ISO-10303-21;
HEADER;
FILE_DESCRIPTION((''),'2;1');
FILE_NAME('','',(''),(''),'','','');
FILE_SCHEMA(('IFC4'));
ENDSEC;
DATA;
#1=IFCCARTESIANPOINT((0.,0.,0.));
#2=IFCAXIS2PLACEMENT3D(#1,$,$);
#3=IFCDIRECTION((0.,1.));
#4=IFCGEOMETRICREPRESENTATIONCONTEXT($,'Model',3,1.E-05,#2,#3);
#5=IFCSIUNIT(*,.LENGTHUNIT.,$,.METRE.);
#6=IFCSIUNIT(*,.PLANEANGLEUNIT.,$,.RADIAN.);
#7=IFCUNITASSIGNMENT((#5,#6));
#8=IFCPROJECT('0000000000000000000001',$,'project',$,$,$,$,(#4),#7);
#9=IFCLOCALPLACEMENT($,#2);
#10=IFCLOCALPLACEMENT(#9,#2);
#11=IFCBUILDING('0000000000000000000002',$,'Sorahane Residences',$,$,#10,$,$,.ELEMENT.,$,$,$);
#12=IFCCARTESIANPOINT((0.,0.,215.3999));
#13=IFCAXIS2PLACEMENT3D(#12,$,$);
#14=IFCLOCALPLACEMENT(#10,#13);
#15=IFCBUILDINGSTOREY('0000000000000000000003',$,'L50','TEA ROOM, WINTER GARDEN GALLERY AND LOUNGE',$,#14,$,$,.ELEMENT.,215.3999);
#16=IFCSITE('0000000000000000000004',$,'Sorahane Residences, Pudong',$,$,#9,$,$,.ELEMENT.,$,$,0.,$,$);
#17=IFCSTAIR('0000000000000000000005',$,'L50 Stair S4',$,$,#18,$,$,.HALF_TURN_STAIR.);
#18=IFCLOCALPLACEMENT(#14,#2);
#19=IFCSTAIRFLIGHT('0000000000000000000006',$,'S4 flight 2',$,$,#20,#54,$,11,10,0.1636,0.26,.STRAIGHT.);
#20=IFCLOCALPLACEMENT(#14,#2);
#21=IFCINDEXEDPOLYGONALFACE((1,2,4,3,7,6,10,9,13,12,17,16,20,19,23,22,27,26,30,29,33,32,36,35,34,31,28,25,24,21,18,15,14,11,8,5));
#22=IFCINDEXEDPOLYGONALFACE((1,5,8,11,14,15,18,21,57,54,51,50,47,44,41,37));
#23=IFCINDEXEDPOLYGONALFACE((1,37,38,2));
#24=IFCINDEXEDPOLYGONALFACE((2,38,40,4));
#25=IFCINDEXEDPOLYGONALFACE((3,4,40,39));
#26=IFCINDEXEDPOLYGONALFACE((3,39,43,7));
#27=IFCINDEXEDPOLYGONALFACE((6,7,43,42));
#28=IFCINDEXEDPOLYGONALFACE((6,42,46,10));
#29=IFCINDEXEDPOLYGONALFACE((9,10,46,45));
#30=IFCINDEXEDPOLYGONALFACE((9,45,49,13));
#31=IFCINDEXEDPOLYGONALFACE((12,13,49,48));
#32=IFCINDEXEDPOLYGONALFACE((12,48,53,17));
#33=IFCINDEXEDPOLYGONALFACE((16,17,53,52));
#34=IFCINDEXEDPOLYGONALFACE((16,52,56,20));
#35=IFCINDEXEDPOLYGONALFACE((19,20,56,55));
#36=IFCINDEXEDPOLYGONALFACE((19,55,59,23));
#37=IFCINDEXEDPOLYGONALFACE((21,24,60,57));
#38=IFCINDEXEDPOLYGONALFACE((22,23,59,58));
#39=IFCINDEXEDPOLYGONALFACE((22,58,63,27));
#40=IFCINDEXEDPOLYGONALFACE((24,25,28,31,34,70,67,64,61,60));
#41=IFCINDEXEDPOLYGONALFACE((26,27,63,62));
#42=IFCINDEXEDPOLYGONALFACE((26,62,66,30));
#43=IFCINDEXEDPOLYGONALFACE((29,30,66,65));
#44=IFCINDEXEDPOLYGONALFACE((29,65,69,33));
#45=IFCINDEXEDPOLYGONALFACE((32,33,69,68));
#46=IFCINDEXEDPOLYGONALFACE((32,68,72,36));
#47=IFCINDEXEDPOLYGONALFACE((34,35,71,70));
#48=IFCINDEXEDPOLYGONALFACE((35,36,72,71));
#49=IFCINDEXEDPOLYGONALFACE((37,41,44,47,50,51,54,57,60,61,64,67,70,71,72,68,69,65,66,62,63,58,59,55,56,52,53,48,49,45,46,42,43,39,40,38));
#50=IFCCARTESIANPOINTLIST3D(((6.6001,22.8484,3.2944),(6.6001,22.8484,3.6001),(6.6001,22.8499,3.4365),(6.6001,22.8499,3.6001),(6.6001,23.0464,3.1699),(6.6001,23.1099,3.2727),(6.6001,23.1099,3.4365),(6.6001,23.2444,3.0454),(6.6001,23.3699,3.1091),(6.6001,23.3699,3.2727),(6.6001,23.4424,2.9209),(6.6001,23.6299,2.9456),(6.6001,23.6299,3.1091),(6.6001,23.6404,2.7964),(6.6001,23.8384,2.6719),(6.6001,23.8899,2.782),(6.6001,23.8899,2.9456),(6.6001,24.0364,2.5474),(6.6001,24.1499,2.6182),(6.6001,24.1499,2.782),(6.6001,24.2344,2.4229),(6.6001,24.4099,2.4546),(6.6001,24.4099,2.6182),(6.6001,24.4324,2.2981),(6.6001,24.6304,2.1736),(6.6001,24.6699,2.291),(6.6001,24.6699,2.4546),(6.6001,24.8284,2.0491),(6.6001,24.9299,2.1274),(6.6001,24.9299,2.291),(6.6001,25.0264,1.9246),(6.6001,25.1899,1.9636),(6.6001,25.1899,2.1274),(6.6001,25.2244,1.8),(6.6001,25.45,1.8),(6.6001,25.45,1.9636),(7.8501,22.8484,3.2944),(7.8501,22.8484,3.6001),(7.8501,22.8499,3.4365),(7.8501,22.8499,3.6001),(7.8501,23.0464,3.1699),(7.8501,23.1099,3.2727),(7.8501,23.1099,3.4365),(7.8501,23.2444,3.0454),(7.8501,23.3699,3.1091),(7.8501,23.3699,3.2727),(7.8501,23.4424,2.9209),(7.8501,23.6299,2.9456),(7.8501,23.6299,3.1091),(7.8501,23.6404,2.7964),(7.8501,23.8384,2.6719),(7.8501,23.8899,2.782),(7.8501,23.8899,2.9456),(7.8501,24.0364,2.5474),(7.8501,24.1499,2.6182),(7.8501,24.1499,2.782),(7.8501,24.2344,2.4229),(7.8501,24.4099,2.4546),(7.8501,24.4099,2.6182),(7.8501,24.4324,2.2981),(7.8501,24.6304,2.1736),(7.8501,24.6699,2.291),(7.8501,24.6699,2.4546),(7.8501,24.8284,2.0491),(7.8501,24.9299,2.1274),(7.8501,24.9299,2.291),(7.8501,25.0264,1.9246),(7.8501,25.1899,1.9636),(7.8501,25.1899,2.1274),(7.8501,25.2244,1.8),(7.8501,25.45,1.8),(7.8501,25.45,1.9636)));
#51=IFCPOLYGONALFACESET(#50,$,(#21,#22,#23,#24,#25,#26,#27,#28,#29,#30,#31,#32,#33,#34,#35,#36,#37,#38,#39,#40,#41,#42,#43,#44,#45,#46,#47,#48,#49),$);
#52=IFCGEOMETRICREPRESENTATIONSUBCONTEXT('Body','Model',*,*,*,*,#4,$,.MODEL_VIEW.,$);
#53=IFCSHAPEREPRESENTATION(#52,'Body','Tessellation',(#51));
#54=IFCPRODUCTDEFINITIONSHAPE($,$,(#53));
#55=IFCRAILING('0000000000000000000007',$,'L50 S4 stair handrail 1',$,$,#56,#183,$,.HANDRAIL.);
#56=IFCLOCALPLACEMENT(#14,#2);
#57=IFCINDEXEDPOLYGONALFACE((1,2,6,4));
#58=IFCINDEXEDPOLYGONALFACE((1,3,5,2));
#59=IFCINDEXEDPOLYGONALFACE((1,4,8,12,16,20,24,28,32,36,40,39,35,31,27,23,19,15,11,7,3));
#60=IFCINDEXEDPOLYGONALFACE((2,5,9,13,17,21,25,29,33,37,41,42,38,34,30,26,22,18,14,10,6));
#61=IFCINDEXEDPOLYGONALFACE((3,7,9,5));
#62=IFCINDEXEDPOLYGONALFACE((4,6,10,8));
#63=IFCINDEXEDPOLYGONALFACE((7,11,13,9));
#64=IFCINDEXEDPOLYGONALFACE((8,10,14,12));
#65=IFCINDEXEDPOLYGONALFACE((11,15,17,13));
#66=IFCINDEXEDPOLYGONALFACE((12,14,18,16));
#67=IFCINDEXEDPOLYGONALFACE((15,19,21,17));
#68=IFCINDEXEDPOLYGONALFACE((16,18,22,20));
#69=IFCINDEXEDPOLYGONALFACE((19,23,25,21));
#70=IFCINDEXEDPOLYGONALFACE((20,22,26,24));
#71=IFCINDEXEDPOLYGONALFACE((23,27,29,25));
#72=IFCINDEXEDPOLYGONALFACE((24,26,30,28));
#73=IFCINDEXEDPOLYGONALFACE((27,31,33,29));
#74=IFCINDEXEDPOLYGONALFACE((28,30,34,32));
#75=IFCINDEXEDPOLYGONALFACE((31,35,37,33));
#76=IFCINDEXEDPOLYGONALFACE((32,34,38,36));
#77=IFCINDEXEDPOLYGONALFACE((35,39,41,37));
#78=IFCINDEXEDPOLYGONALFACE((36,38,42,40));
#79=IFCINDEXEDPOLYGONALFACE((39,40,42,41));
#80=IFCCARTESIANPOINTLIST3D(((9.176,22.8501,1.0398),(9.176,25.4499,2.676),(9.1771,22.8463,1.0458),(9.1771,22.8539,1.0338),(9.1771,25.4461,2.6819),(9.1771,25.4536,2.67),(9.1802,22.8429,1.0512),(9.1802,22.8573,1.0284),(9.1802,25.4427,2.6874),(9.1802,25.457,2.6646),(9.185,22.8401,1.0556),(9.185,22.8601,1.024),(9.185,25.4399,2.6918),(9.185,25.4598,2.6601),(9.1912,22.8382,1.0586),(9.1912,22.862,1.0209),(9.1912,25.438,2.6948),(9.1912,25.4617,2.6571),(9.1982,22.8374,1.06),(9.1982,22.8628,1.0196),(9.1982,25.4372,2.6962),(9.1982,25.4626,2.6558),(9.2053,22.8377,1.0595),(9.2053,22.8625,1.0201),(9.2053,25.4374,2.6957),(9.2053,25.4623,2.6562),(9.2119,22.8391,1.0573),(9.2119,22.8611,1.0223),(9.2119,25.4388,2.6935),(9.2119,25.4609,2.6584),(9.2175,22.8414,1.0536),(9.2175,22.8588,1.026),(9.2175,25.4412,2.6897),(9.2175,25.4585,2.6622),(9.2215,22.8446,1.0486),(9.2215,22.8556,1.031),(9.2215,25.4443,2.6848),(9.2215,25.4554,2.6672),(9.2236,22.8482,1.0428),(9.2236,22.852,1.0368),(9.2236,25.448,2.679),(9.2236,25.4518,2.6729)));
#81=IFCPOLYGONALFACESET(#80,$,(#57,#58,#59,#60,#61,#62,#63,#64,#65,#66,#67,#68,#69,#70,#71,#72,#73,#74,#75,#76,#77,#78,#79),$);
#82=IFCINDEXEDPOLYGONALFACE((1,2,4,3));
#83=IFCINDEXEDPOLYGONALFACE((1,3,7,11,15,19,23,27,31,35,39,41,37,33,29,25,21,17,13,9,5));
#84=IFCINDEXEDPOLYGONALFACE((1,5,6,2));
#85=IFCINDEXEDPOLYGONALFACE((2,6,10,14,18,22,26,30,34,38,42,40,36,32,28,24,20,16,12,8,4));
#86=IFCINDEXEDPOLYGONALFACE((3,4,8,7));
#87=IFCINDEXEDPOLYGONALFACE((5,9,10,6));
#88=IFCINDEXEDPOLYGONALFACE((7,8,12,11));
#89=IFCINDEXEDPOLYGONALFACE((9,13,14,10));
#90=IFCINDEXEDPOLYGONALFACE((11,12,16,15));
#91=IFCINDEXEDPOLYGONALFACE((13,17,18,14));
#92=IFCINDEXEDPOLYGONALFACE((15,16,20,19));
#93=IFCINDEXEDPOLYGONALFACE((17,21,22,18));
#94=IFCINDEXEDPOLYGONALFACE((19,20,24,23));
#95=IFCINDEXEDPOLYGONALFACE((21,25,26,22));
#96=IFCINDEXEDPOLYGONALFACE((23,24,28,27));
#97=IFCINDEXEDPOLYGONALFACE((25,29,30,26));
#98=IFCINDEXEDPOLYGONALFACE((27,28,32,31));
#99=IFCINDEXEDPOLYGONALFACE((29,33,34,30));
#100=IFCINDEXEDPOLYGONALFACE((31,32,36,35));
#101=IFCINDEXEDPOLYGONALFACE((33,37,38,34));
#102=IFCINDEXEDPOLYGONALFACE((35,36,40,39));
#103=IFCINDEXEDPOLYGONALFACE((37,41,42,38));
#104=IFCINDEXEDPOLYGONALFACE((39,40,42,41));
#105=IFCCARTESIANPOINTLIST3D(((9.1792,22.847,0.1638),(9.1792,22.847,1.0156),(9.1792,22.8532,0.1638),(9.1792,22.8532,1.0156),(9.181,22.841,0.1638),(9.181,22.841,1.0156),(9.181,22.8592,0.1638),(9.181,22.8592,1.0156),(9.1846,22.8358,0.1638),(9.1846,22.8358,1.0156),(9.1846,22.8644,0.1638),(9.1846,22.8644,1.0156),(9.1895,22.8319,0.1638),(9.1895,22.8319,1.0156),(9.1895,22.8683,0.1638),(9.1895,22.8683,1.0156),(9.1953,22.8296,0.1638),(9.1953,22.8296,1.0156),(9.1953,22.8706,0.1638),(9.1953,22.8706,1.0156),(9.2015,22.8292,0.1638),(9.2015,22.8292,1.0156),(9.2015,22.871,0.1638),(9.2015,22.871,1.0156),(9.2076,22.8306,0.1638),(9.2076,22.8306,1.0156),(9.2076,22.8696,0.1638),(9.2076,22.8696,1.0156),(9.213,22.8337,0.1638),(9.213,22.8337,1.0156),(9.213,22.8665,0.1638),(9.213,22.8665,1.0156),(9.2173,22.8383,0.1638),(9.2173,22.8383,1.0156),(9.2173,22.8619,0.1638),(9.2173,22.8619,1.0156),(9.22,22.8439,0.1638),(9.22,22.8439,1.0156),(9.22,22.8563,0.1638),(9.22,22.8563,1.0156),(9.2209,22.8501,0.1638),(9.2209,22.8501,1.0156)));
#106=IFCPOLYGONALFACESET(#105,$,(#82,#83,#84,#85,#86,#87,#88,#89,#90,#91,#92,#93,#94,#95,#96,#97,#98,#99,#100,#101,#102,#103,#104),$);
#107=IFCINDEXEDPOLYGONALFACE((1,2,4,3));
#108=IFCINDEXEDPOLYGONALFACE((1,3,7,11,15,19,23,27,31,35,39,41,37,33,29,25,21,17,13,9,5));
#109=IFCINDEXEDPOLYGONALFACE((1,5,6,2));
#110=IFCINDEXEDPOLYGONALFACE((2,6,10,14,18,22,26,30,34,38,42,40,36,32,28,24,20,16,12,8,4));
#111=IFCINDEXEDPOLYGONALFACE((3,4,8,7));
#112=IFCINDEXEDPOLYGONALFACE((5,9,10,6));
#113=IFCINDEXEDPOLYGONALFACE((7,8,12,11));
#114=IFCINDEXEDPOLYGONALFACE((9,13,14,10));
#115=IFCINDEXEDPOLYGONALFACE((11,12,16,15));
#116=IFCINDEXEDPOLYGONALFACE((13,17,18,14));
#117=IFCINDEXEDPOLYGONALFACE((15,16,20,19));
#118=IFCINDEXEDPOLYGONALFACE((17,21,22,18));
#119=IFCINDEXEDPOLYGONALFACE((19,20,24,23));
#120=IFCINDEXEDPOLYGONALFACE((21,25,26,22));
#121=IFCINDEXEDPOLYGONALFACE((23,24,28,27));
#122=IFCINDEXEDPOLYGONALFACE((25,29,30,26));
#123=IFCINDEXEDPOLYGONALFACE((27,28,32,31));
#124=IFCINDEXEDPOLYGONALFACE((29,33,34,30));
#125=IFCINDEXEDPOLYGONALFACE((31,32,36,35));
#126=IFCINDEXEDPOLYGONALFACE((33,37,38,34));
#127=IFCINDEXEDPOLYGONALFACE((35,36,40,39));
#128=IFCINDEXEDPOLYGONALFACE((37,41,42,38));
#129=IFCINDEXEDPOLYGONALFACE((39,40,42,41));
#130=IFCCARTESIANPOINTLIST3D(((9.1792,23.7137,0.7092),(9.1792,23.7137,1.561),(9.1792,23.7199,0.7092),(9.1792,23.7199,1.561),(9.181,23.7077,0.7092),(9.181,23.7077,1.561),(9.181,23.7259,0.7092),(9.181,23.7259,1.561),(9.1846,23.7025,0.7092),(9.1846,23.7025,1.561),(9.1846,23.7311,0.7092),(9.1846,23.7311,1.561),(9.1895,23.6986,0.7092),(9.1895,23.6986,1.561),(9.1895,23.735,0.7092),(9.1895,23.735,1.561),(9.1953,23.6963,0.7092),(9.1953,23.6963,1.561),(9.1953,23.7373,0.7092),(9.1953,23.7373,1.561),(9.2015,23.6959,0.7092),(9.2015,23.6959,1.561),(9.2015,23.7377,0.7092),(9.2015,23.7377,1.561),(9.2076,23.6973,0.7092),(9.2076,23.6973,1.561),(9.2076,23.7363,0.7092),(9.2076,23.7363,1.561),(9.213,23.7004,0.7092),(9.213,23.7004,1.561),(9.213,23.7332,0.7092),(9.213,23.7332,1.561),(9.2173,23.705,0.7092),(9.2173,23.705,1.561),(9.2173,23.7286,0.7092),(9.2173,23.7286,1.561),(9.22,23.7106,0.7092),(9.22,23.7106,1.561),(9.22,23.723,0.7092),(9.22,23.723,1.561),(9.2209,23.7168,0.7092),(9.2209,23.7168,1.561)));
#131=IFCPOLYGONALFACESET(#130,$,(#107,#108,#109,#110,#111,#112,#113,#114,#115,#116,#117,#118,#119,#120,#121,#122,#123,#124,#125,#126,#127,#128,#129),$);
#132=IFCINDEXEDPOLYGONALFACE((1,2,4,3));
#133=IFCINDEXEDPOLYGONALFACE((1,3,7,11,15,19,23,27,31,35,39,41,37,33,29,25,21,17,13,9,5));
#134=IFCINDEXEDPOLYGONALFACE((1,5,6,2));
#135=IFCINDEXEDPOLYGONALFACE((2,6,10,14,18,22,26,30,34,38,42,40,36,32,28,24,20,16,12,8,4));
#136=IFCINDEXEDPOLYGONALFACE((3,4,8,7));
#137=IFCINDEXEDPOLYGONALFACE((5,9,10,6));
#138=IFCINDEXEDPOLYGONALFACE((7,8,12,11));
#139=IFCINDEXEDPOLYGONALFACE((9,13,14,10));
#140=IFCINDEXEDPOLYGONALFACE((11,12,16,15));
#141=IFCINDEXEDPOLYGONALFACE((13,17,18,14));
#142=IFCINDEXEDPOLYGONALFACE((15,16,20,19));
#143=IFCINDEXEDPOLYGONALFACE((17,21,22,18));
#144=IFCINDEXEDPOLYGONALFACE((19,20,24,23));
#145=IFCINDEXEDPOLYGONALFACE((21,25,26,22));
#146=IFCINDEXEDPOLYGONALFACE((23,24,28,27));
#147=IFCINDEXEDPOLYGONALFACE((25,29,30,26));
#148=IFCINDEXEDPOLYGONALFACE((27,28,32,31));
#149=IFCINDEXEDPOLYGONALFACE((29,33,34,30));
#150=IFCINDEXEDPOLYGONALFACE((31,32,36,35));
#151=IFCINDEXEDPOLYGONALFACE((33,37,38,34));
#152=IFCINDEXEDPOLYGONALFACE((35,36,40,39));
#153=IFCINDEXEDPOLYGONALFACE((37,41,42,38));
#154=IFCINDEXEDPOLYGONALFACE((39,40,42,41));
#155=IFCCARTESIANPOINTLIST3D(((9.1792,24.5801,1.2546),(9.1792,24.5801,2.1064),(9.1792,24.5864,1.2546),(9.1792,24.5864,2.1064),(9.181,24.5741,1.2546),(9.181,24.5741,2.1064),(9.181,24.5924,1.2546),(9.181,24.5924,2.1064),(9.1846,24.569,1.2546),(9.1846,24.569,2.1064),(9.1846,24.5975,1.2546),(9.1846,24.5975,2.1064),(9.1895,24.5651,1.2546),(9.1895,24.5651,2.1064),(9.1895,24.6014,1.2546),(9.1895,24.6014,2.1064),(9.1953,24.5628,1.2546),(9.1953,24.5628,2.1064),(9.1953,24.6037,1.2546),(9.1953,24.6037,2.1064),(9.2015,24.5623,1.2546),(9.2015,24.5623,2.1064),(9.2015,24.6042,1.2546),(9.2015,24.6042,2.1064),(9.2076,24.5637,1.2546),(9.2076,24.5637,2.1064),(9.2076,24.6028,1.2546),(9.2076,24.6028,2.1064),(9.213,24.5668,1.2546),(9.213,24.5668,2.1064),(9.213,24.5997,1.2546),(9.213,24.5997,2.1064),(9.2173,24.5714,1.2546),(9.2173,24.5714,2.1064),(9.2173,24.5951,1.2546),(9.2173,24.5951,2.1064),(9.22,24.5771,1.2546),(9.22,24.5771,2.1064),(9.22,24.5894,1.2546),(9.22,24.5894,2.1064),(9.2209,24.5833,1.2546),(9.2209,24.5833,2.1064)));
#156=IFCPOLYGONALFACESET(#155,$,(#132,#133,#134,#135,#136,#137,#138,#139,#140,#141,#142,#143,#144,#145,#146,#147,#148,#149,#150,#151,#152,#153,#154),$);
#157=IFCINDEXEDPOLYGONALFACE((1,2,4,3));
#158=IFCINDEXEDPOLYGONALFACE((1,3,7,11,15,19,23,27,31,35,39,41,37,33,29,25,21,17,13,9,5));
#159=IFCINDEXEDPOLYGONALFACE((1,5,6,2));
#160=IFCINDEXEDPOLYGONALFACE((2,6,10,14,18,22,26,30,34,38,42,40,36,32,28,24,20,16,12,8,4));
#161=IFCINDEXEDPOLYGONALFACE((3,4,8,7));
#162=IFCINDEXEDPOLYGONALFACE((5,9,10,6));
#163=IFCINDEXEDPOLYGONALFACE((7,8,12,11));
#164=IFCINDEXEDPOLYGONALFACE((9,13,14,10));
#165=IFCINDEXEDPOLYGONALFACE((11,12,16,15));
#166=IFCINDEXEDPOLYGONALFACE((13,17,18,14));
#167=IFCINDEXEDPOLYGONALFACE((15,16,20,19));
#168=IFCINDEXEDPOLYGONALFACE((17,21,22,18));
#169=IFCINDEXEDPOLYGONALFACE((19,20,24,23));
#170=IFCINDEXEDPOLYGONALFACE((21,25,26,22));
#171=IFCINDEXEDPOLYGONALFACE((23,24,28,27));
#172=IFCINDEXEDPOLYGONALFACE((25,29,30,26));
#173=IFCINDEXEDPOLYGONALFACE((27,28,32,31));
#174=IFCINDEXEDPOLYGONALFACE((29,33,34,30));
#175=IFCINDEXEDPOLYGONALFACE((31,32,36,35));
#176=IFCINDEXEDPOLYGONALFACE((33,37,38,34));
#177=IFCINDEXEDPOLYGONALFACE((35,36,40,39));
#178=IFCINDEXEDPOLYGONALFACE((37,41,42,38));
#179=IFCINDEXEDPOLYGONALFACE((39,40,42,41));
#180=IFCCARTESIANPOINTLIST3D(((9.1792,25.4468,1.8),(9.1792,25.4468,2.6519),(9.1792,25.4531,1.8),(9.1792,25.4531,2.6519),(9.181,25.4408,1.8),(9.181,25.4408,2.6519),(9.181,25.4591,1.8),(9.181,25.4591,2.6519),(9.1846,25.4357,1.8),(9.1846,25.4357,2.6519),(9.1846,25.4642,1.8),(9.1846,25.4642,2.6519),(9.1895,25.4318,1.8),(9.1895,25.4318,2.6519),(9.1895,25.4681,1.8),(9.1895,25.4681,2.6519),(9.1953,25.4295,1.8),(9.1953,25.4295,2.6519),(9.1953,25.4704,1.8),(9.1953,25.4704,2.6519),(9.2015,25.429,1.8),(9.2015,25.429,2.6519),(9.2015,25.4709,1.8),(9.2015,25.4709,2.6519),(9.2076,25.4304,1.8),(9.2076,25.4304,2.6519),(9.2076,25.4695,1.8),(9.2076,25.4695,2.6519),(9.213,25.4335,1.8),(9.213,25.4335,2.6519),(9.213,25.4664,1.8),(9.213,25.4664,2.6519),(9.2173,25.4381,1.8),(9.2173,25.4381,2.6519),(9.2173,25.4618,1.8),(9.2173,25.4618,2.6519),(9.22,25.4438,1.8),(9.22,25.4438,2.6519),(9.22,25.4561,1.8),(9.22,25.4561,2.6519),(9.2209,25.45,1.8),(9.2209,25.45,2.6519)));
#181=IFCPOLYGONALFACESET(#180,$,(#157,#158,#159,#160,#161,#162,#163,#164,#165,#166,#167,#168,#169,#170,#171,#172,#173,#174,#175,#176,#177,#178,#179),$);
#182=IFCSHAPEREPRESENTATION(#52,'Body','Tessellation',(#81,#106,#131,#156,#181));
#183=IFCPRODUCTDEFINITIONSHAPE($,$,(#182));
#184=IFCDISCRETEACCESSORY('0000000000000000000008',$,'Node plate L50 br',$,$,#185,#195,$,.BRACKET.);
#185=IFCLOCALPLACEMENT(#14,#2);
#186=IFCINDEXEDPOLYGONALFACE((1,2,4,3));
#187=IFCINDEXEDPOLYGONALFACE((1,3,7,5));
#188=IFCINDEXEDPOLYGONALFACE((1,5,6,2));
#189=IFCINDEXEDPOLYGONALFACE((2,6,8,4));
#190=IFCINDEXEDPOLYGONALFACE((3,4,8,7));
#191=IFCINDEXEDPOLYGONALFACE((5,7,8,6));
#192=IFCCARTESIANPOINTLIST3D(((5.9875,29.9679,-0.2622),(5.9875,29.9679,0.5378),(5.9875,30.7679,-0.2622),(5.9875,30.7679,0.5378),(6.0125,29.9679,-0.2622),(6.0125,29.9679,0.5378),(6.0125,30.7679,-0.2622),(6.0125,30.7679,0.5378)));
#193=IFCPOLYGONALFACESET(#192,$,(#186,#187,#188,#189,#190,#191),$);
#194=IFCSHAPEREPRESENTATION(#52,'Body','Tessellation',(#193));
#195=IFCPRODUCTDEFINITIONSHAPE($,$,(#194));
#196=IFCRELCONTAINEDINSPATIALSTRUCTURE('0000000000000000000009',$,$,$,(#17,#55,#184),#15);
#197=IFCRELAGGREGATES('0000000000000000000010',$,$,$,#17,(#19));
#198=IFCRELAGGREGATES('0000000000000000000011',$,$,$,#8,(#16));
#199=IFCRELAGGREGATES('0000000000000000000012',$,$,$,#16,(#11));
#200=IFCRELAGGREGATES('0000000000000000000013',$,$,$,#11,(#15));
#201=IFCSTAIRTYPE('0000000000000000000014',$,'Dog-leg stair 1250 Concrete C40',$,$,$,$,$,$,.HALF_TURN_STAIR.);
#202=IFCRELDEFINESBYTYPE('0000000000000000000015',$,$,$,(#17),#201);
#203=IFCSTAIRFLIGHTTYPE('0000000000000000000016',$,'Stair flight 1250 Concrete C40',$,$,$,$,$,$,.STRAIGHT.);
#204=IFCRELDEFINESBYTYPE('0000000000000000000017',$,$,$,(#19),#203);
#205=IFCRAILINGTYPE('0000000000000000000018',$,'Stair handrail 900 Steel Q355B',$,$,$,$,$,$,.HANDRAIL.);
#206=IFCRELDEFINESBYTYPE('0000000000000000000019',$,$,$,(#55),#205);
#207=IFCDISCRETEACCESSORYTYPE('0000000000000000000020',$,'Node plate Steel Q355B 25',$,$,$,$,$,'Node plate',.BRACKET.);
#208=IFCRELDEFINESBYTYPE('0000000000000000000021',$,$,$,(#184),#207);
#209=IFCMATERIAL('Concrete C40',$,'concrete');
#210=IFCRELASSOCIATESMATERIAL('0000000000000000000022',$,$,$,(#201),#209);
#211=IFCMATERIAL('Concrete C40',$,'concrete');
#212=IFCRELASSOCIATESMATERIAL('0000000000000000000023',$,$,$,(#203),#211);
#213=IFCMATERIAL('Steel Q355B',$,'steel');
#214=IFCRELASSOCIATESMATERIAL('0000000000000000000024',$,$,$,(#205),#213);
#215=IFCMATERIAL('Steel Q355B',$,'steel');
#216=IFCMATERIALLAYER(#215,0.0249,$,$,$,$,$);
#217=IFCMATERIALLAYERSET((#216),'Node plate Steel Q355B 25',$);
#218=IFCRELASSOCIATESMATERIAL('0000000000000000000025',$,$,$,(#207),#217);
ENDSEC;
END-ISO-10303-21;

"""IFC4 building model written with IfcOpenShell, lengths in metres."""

from ifc_helpers import new_model, si_unit, direction, frame, origin, origin_2d, place, context, subcontext, project, spatial, polyline, rectangle, circle, outline, extrude, material, layer, layer_set, type_object, element, aggregate, save


model = new_model("IFC4")

# Units and contexts
model_context = context("Model", 3, precision=1e-05, world=origin(), true_north=direction((0.0, 1.0)))
body_context = subcontext(model_context, "Body", "Model", "MODEL_VIEW")
ifc_project = project(units=[si_unit("LENGTHUNIT", "METRE"), si_unit("PLANEANGLEUNIT", "RADIAN")], contexts=[model_context])

# Site, building, storey
site_placement = place(None, origin())
site = spatial("IfcSite", under=ifc_project, at=site_placement, Name="Sorahane Residences, Pudong", CompositionType="ELEMENT", RefElevation=0.0)
building_placement = place(site_placement, origin())
building = spatial("IfcBuilding", under=site, at=building_placement, Name="Sorahane Residences", CompositionType="ELEMENT")
storey_placement = place(building_placement, frame((0.0, 0.0, 215.3999)))
storey = spatial("IfcBuildingStorey", under=building, at=storey_placement, Name="L50", Description="TEA ROOM, WINTER GARDEN GALLERY AND LOUNGE", CompositionType="ELEMENT", Elevation=215.3999)

# Stair, stair flight
ifc_material_1 = material(Name="Concrete C40", Category="concrete")
stair_type = type_object("IfcStairType", Name="Dog-leg stair 1250 Concrete C40", PredefinedType="HALF_TURN_STAIR", material=ifc_material_1)
stair_placement = place(storey_placement, origin())
stair = element("IfcStair", 1, at=stair_placement, inside=storey, type_object=stair_type, Name="L50 Stair S4", PredefinedType="HALF_TURN_STAIR")
ifc_material_2 = material(Name="Concrete C40", Category="concrete")
stair_flight_type = type_object("IfcStairFlightType", Name="Stair flight 1250 Concrete C40", PredefinedType="STRAIGHT", material=ifc_material_2)
stair_flight_1_placement = place(storey_placement, frame((7.2251, 25.45, 1.8), z_axis=(0.0, 0.0, 1.0), x_axis=(0.0, -1.0, 0.0)))
stair_flight_1 = element("IfcStairFlight", 2, at=stair_flight_1_placement, type_object=stair_flight_type, Name="S4 flight 2", NumberOfRisers=11, NumberOfTreads=10, PredefinedType="STRAIGHT", RiserHeight=0.1636, TreadLength=0.26, context=body_context, shape_type="SweptSolid", body=[
    extrude(outline(polyline([(0.0, 0.0), (0.0, 0.1636), (0.26, 0.1636), (0.26, 0.3274), (0.52, 0.3274), (0.52, 0.491), (0.78, 0.491), (0.78, 0.6545), (1.04, 0.6545), (1.04, 0.8181), (1.3, 0.8181), (1.3, 0.9819), (1.5601, 0.9819), (1.5601, 1.1455), (1.8201, 1.1455), (1.8201, 1.3091), (2.0801, 1.3091), (2.0801, 1.4727), (2.3401, 1.4727), (2.3401, 1.6365), (2.6001, 1.6365), (2.6001, 1.8), (2.6016, 1.8), (2.6016, 1.4944), (2.4036, 1.3699), (2.2056, 1.2454), (2.0076, 1.1208), (1.8096, 0.9963), (1.6116, 0.8718), (1.4136, 0.7473), (1.2156, 0.6228), (1.0176, 0.498), (0.8196, 0.3735), (0.6216, 0.249), (0.4236, 0.1245), (0.2256, 0.0), (0.0, 0.0)])), frame((0.0, 0.625, 0.0), z_axis=(0.0, -1.0, 0.0), x_axis=(1.0, 0.0, 0.0)), (0.0, 0.0, 1.0), 1.25),
])
aggregate(stair, [stair_flight_1])

# Railing
ifc_material_3 = material(Name="Steel Q355B", Category="steel")
railing_type_1 = type_object("IfcRailingType", Name="Stair handrail 900 Steel Q355B", PredefinedType="HANDRAIL", material=ifc_material_3)
railing_1_placement = place(storey_placement, frame((9.2, 22.8501, 0.1638)))
element("IfcRailing", 3, at=railing_1_placement, inside=storey, type_object=railing_type_1, Name="L50 S4 stair handrail 1", PredefinedType="HANDRAIL", context=body_context, shape_type="SweptSolid", body=[
    extrude(circle(Radius=0.0239, at=origin_2d()), frame((0.0, 0.0, 0.876), z_axis=(0.0, 0.846338, 0.532647), x_axis=(-1.0, 0.0, 0.0)), (0.0, 0.0, 1.0), 3.0718),
    extrude(circle(Radius=0.021, at=origin_2d()), origin(), (0.0, 0.0, 1.0), 0.8518),
    extrude(circle(Radius=0.021, at=origin_2d()), frame((0.0, 0.8667, 0.5454)), (0.0, 0.0, 1.0), 0.8518),
    extrude(circle(Radius=0.021, at=origin_2d()), frame((0.0, 1.7332, 1.0908)), (0.0, 0.0, 1.0), 0.8518),
    extrude(circle(Radius=0.021, at=origin_2d()), frame((0.0, 2.5999, 1.6362)), (0.0, 0.0, 1.0), 0.8518),
])

# Discrete accessory
ifc_material_4 = material(Name="Steel Q355B", Category="steel")
ifc_layer_1 = layer(ifc_material_4, 0.0249)
ifc_layer_set_1 = layer_set([ifc_layer_1], Name="Node plate Steel Q355B 25")
discrete_accessory_type = type_object("IfcDiscreteAccessoryType", Name="Node plate Steel Q355B 25", ElementType="Node plate", PredefinedType="BRACKET", material=ifc_layer_set_1)
for number, where, z_axis, x_axis, name in (
    (4, (6.0, 30.3679, -0.2622), (0.0, 0.0, 1.0), (0.0, 1.0, 0.0), "Node plate L50 br"),
):
    element("IfcDiscreteAccessory", number, at=place(storey_placement, frame(where, z_axis=z_axis, x_axis=x_axis)), inside=storey, type_object=discrete_accessory_type, Name=name, PredefinedType="BRACKET", context=body_context, shape_type="SweptSolid", body=[
        extrude(rectangle(XDim=0.8, YDim=0.0249, at=origin_2d()), origin(), (0.0, 0.0, 1.0), 0.8),
    ])

save(model, "model.ifc")
